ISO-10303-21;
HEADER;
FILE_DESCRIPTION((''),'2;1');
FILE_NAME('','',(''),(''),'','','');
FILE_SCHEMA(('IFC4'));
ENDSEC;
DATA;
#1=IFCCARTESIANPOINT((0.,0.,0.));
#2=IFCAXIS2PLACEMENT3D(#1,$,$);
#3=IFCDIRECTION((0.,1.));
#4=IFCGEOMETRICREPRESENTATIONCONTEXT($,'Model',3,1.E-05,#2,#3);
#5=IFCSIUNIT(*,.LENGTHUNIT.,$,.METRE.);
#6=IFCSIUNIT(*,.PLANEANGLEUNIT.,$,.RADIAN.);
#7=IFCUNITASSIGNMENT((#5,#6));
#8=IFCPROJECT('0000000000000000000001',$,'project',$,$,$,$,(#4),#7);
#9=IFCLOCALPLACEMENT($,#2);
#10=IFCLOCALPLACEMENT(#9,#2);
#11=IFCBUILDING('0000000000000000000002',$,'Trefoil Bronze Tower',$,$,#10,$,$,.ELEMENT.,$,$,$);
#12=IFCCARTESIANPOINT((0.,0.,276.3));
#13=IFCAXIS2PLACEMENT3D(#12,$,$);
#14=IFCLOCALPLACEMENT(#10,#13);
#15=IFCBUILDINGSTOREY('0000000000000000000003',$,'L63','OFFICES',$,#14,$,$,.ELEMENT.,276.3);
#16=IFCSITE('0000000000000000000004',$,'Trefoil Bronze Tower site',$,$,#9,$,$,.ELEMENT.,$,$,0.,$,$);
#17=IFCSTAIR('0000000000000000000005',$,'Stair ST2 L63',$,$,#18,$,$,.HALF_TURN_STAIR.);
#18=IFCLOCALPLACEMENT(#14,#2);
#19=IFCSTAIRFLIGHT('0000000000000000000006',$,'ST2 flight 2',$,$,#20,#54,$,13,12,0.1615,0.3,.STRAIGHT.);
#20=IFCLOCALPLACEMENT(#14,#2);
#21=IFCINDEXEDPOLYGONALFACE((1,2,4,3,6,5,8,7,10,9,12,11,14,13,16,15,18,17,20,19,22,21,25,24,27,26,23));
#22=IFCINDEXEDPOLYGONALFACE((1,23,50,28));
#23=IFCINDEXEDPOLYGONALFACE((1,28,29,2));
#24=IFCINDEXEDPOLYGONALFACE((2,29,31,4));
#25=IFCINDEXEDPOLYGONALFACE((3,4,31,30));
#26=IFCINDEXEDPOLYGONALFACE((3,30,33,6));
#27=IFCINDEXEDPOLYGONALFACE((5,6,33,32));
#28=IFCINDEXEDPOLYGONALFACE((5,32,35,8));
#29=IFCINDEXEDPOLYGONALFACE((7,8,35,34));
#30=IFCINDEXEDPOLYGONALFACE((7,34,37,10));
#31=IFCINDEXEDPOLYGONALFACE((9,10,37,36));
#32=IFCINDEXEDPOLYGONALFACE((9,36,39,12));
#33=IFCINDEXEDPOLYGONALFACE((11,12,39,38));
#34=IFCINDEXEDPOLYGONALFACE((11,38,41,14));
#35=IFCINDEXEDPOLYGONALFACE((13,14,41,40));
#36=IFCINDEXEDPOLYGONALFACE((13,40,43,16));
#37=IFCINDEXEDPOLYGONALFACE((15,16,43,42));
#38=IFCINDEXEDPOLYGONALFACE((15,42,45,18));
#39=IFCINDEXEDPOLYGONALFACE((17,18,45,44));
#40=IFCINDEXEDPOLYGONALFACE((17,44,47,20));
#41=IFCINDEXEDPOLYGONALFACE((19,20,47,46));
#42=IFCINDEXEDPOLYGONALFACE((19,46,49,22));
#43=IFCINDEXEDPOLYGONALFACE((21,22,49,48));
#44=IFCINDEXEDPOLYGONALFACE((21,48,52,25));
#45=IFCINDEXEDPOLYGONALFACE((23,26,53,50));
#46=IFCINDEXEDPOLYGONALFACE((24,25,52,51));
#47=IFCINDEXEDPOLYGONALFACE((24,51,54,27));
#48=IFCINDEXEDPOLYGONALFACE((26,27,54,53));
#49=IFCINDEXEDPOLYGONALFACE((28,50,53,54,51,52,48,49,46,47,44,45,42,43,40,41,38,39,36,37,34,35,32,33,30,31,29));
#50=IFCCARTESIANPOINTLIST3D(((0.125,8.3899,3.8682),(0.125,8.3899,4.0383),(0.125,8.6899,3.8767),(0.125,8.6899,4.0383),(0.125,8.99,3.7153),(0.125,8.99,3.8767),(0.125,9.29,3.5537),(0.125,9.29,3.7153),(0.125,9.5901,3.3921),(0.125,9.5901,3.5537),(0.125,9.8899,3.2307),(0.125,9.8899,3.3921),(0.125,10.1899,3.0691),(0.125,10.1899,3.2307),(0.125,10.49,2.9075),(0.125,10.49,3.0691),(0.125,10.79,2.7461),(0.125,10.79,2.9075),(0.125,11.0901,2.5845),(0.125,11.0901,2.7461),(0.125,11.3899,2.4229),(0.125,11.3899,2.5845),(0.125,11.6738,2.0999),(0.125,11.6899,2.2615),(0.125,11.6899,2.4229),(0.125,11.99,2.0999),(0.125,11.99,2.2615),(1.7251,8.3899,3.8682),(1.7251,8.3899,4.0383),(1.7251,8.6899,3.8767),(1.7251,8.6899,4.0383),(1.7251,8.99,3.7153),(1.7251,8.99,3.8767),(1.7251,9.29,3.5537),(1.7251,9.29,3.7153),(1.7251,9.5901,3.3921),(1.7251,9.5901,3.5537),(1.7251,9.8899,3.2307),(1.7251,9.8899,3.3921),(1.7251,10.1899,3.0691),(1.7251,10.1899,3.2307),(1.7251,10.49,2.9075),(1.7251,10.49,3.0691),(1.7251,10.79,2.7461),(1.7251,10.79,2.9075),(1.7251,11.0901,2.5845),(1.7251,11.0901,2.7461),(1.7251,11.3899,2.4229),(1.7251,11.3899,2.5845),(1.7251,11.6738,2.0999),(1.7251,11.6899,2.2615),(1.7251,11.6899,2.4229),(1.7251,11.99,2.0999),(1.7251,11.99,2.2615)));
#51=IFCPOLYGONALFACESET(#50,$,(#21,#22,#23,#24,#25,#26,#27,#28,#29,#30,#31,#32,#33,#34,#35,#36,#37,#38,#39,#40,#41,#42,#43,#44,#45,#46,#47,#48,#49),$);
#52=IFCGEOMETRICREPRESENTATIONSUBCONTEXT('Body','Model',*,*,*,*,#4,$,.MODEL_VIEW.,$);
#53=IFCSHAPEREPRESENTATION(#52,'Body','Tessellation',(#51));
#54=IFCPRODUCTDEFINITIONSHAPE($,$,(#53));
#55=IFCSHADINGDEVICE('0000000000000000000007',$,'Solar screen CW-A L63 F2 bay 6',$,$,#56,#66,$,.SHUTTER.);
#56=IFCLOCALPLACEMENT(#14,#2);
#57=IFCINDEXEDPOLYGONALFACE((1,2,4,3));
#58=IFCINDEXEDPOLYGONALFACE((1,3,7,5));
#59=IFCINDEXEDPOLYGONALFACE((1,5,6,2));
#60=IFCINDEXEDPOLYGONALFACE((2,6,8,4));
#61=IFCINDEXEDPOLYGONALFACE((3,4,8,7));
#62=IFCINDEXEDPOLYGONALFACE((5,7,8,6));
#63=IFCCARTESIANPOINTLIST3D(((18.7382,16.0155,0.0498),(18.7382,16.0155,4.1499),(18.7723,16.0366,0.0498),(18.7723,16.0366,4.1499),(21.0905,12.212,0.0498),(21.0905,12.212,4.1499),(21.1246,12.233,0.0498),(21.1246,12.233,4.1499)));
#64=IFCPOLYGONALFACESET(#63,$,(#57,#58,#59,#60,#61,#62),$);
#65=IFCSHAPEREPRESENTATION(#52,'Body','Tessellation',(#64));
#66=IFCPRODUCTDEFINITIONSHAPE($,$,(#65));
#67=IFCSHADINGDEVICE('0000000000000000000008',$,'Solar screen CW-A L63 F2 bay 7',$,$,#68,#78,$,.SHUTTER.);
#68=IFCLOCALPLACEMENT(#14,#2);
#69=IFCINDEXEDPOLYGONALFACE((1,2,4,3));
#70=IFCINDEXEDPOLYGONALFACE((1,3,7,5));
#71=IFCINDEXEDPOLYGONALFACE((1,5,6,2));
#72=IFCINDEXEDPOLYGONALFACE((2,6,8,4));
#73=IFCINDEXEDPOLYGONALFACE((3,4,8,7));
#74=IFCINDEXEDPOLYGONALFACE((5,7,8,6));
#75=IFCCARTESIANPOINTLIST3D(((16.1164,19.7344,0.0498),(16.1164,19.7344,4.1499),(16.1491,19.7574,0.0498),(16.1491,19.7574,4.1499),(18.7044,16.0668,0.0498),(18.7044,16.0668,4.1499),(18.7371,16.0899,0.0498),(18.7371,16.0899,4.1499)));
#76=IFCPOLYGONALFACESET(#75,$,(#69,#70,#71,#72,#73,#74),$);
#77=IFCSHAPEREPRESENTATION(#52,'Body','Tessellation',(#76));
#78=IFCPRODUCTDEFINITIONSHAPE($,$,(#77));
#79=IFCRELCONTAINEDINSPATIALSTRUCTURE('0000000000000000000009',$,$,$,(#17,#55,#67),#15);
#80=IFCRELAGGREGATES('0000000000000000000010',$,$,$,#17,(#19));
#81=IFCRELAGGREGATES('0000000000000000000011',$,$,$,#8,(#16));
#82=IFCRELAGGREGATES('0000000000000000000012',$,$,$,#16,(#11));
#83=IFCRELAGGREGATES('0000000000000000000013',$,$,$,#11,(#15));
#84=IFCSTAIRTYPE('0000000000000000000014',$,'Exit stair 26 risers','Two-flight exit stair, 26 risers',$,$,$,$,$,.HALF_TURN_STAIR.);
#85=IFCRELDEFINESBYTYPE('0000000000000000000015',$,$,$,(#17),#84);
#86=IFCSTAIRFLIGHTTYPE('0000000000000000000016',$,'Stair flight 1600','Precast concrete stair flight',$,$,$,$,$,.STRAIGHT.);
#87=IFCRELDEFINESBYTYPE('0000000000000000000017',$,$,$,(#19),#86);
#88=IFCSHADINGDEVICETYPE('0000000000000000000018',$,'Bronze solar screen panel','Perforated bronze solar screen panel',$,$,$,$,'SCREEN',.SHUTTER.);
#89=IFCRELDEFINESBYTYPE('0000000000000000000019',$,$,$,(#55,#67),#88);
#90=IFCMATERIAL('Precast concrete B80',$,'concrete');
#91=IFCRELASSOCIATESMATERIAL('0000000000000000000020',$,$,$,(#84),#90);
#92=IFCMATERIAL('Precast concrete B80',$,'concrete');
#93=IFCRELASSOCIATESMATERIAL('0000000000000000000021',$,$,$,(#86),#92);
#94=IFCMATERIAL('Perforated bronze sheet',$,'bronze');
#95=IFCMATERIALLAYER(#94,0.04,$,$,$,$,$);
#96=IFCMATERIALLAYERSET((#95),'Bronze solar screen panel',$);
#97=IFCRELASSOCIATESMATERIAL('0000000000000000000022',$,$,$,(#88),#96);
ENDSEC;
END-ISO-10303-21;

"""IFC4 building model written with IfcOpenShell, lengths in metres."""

from ifc_helpers import new_model, si_unit, direction, frame, origin, origin_2d, place, context, subcontext, project, spatial, polyline, rectangle, outline, extrude, material, layer, layer_set, type_object, element, aggregate, save


model = new_model("IFC4")

# Units and contexts
model_context = context("Model", 3, precision=1e-05, world=origin(), true_north=direction((0.0, 1.0)))
body_context = subcontext(model_context, "Body", "Model", "MODEL_VIEW")
ifc_project = project(units=[si_unit("LENGTHUNIT", "METRE"), si_unit("PLANEANGLEUNIT", "RADIAN")], contexts=[model_context])

# Site, building, storey
site_placement = place(None, origin())
site = spatial("IfcSite", under=ifc_project, at=site_placement, Name="Trefoil Bronze Tower site", CompositionType="ELEMENT", RefElevation=0.0)
building_placement = place(site_placement, origin())
building = spatial("IfcBuilding", under=site, at=building_placement, Name="Trefoil Bronze Tower", CompositionType="ELEMENT")
storey_placement = place(building_placement, frame((0.0, 0.0, 276.3)))
storey = spatial("IfcBuildingStorey", under=building, at=storey_placement, Name="L63", Description="OFFICES", CompositionType="ELEMENT", Elevation=276.3)

# Stair, stair flight
ifc_material_1 = material(Name="Precast concrete B80", Category="concrete")
stair_type = type_object("IfcStairType", Name="Exit stair 26 risers", Description="Two-flight exit stair, 26 risers", PredefinedType="HALF_TURN_STAIR", material=ifc_material_1)
stair_placement = place(storey_placement, origin())
stair = element("IfcStair", 1, at=stair_placement, inside=storey, type_object=stair_type, Name="Stair ST2 L63", PredefinedType="HALF_TURN_STAIR")
ifc_material_2 = material(Name="Precast concrete B80", Category="concrete")
stair_flight_type = type_object("IfcStairFlightType", Name="Stair flight 1600", Description="Precast concrete stair flight", PredefinedType="STRAIGHT", material=ifc_material_2)
stair_flight_placement = place(storey_placement, frame((0.925, 11.99, 2.0999), z_axis=(0.0, 0.0, 1.0), x_axis=(0.0, -1.0, 0.0)))
stair_flight = element("IfcStairFlight", 2, at=stair_flight_placement, type_object=stair_flight_type, Name="ST2 flight 2", NumberOfRisers=13, NumberOfTreads=12, PredefinedType="STRAIGHT", RiserHeight=0.1615, TreadLength=0.3, context=body_context, shape_type="SweptSolid", body=[
    extrude(outline(polyline([(0.0, 0.0), (0.0, 0.1616), (0.3, 0.1616), (0.3, 0.323), (0.6001, 0.323), (0.6001, 0.4846), (0.8999, 0.4846), (0.8999, 0.6462), (1.2, 0.6462), (1.2, 0.8076), (1.5, 0.8076), (1.5, 0.9692), (1.8, 0.9692), (1.8, 1.1309), (2.1001, 1.1309), (2.1001, 1.2922), (2.3999, 1.2922), (2.3999, 1.4539), (2.7, 1.4539), (2.7, 1.6155), (3.0, 1.6155), (3.0, 1.7769), (3.3, 1.7769), (3.3, 1.9385), (3.6001, 1.9385), (3.6001, 2.1001), (3.6001, 1.7683), (0.3162, 0.0), (0.0, 0.0)])), frame((0.0, 0.8, 0.0), z_axis=(0.0, -1.0, 0.0), x_axis=(1.0, 0.0, 0.0)), (0.0, 0.0, 1.0), 1.6001),
])
aggregate(stair, [stair_flight])

# Shading devices
ifc_material_3 = material(Name="Perforated bronze sheet", Category="bronze")
ifc_layer_1 = layer(ifc_material_3, 0.04)
ifc_layer_set_1 = layer_set([ifc_layer_1], Name="Bronze solar screen panel")
shading_device_type = type_object("IfcShadingDeviceType", Name="Bronze solar screen panel", Description="Perforated bronze solar screen panel", ElementType="SCREEN", PredefinedType="SHUTTER", material=ifc_layer_set_1)
shading_device_1_placement = place(storey_placement, frame((19.9314, 14.1243, 0.0498), z_axis=(0.0, 0.0, 1.0), x_axis=(-0.52598, 0.850497, 0.0)))
element("IfcShadingDevice", 3, at=shading_device_1_placement, inside=storey, type_object=shading_device_type, Name="Solar screen CW-A L63 F2 bay 6", PredefinedType="SHUTTER", context=body_context, shape_type="SweptSolid", body=[
    extrude(rectangle(XDim=4.4722, YDim=0.04, at=origin_2d()), origin(), (0.0, 0.0, 1.0), 4.1001),
])
shading_device_2_placement = place(storey_placement, frame((17.4268, 17.9121, 0.0498), z_axis=(0.0, 0.0, 1.0), x_axis=(-0.576561, 0.817054, 0.0)))
element("IfcShadingDevice", 4, at=shading_device_2_placement, inside=storey, type_object=shading_device_type, Name="Solar screen CW-A L63 F2 bay 7", PredefinedType="SHUTTER", context=body_context, shape_type="SweptSolid", body=[
    extrude(rectangle(XDim=4.4888, YDim=0.04, at=origin_2d()), origin(), (0.0, 0.0, 1.0), 4.1001),
])

save(model, "model.ifc")
